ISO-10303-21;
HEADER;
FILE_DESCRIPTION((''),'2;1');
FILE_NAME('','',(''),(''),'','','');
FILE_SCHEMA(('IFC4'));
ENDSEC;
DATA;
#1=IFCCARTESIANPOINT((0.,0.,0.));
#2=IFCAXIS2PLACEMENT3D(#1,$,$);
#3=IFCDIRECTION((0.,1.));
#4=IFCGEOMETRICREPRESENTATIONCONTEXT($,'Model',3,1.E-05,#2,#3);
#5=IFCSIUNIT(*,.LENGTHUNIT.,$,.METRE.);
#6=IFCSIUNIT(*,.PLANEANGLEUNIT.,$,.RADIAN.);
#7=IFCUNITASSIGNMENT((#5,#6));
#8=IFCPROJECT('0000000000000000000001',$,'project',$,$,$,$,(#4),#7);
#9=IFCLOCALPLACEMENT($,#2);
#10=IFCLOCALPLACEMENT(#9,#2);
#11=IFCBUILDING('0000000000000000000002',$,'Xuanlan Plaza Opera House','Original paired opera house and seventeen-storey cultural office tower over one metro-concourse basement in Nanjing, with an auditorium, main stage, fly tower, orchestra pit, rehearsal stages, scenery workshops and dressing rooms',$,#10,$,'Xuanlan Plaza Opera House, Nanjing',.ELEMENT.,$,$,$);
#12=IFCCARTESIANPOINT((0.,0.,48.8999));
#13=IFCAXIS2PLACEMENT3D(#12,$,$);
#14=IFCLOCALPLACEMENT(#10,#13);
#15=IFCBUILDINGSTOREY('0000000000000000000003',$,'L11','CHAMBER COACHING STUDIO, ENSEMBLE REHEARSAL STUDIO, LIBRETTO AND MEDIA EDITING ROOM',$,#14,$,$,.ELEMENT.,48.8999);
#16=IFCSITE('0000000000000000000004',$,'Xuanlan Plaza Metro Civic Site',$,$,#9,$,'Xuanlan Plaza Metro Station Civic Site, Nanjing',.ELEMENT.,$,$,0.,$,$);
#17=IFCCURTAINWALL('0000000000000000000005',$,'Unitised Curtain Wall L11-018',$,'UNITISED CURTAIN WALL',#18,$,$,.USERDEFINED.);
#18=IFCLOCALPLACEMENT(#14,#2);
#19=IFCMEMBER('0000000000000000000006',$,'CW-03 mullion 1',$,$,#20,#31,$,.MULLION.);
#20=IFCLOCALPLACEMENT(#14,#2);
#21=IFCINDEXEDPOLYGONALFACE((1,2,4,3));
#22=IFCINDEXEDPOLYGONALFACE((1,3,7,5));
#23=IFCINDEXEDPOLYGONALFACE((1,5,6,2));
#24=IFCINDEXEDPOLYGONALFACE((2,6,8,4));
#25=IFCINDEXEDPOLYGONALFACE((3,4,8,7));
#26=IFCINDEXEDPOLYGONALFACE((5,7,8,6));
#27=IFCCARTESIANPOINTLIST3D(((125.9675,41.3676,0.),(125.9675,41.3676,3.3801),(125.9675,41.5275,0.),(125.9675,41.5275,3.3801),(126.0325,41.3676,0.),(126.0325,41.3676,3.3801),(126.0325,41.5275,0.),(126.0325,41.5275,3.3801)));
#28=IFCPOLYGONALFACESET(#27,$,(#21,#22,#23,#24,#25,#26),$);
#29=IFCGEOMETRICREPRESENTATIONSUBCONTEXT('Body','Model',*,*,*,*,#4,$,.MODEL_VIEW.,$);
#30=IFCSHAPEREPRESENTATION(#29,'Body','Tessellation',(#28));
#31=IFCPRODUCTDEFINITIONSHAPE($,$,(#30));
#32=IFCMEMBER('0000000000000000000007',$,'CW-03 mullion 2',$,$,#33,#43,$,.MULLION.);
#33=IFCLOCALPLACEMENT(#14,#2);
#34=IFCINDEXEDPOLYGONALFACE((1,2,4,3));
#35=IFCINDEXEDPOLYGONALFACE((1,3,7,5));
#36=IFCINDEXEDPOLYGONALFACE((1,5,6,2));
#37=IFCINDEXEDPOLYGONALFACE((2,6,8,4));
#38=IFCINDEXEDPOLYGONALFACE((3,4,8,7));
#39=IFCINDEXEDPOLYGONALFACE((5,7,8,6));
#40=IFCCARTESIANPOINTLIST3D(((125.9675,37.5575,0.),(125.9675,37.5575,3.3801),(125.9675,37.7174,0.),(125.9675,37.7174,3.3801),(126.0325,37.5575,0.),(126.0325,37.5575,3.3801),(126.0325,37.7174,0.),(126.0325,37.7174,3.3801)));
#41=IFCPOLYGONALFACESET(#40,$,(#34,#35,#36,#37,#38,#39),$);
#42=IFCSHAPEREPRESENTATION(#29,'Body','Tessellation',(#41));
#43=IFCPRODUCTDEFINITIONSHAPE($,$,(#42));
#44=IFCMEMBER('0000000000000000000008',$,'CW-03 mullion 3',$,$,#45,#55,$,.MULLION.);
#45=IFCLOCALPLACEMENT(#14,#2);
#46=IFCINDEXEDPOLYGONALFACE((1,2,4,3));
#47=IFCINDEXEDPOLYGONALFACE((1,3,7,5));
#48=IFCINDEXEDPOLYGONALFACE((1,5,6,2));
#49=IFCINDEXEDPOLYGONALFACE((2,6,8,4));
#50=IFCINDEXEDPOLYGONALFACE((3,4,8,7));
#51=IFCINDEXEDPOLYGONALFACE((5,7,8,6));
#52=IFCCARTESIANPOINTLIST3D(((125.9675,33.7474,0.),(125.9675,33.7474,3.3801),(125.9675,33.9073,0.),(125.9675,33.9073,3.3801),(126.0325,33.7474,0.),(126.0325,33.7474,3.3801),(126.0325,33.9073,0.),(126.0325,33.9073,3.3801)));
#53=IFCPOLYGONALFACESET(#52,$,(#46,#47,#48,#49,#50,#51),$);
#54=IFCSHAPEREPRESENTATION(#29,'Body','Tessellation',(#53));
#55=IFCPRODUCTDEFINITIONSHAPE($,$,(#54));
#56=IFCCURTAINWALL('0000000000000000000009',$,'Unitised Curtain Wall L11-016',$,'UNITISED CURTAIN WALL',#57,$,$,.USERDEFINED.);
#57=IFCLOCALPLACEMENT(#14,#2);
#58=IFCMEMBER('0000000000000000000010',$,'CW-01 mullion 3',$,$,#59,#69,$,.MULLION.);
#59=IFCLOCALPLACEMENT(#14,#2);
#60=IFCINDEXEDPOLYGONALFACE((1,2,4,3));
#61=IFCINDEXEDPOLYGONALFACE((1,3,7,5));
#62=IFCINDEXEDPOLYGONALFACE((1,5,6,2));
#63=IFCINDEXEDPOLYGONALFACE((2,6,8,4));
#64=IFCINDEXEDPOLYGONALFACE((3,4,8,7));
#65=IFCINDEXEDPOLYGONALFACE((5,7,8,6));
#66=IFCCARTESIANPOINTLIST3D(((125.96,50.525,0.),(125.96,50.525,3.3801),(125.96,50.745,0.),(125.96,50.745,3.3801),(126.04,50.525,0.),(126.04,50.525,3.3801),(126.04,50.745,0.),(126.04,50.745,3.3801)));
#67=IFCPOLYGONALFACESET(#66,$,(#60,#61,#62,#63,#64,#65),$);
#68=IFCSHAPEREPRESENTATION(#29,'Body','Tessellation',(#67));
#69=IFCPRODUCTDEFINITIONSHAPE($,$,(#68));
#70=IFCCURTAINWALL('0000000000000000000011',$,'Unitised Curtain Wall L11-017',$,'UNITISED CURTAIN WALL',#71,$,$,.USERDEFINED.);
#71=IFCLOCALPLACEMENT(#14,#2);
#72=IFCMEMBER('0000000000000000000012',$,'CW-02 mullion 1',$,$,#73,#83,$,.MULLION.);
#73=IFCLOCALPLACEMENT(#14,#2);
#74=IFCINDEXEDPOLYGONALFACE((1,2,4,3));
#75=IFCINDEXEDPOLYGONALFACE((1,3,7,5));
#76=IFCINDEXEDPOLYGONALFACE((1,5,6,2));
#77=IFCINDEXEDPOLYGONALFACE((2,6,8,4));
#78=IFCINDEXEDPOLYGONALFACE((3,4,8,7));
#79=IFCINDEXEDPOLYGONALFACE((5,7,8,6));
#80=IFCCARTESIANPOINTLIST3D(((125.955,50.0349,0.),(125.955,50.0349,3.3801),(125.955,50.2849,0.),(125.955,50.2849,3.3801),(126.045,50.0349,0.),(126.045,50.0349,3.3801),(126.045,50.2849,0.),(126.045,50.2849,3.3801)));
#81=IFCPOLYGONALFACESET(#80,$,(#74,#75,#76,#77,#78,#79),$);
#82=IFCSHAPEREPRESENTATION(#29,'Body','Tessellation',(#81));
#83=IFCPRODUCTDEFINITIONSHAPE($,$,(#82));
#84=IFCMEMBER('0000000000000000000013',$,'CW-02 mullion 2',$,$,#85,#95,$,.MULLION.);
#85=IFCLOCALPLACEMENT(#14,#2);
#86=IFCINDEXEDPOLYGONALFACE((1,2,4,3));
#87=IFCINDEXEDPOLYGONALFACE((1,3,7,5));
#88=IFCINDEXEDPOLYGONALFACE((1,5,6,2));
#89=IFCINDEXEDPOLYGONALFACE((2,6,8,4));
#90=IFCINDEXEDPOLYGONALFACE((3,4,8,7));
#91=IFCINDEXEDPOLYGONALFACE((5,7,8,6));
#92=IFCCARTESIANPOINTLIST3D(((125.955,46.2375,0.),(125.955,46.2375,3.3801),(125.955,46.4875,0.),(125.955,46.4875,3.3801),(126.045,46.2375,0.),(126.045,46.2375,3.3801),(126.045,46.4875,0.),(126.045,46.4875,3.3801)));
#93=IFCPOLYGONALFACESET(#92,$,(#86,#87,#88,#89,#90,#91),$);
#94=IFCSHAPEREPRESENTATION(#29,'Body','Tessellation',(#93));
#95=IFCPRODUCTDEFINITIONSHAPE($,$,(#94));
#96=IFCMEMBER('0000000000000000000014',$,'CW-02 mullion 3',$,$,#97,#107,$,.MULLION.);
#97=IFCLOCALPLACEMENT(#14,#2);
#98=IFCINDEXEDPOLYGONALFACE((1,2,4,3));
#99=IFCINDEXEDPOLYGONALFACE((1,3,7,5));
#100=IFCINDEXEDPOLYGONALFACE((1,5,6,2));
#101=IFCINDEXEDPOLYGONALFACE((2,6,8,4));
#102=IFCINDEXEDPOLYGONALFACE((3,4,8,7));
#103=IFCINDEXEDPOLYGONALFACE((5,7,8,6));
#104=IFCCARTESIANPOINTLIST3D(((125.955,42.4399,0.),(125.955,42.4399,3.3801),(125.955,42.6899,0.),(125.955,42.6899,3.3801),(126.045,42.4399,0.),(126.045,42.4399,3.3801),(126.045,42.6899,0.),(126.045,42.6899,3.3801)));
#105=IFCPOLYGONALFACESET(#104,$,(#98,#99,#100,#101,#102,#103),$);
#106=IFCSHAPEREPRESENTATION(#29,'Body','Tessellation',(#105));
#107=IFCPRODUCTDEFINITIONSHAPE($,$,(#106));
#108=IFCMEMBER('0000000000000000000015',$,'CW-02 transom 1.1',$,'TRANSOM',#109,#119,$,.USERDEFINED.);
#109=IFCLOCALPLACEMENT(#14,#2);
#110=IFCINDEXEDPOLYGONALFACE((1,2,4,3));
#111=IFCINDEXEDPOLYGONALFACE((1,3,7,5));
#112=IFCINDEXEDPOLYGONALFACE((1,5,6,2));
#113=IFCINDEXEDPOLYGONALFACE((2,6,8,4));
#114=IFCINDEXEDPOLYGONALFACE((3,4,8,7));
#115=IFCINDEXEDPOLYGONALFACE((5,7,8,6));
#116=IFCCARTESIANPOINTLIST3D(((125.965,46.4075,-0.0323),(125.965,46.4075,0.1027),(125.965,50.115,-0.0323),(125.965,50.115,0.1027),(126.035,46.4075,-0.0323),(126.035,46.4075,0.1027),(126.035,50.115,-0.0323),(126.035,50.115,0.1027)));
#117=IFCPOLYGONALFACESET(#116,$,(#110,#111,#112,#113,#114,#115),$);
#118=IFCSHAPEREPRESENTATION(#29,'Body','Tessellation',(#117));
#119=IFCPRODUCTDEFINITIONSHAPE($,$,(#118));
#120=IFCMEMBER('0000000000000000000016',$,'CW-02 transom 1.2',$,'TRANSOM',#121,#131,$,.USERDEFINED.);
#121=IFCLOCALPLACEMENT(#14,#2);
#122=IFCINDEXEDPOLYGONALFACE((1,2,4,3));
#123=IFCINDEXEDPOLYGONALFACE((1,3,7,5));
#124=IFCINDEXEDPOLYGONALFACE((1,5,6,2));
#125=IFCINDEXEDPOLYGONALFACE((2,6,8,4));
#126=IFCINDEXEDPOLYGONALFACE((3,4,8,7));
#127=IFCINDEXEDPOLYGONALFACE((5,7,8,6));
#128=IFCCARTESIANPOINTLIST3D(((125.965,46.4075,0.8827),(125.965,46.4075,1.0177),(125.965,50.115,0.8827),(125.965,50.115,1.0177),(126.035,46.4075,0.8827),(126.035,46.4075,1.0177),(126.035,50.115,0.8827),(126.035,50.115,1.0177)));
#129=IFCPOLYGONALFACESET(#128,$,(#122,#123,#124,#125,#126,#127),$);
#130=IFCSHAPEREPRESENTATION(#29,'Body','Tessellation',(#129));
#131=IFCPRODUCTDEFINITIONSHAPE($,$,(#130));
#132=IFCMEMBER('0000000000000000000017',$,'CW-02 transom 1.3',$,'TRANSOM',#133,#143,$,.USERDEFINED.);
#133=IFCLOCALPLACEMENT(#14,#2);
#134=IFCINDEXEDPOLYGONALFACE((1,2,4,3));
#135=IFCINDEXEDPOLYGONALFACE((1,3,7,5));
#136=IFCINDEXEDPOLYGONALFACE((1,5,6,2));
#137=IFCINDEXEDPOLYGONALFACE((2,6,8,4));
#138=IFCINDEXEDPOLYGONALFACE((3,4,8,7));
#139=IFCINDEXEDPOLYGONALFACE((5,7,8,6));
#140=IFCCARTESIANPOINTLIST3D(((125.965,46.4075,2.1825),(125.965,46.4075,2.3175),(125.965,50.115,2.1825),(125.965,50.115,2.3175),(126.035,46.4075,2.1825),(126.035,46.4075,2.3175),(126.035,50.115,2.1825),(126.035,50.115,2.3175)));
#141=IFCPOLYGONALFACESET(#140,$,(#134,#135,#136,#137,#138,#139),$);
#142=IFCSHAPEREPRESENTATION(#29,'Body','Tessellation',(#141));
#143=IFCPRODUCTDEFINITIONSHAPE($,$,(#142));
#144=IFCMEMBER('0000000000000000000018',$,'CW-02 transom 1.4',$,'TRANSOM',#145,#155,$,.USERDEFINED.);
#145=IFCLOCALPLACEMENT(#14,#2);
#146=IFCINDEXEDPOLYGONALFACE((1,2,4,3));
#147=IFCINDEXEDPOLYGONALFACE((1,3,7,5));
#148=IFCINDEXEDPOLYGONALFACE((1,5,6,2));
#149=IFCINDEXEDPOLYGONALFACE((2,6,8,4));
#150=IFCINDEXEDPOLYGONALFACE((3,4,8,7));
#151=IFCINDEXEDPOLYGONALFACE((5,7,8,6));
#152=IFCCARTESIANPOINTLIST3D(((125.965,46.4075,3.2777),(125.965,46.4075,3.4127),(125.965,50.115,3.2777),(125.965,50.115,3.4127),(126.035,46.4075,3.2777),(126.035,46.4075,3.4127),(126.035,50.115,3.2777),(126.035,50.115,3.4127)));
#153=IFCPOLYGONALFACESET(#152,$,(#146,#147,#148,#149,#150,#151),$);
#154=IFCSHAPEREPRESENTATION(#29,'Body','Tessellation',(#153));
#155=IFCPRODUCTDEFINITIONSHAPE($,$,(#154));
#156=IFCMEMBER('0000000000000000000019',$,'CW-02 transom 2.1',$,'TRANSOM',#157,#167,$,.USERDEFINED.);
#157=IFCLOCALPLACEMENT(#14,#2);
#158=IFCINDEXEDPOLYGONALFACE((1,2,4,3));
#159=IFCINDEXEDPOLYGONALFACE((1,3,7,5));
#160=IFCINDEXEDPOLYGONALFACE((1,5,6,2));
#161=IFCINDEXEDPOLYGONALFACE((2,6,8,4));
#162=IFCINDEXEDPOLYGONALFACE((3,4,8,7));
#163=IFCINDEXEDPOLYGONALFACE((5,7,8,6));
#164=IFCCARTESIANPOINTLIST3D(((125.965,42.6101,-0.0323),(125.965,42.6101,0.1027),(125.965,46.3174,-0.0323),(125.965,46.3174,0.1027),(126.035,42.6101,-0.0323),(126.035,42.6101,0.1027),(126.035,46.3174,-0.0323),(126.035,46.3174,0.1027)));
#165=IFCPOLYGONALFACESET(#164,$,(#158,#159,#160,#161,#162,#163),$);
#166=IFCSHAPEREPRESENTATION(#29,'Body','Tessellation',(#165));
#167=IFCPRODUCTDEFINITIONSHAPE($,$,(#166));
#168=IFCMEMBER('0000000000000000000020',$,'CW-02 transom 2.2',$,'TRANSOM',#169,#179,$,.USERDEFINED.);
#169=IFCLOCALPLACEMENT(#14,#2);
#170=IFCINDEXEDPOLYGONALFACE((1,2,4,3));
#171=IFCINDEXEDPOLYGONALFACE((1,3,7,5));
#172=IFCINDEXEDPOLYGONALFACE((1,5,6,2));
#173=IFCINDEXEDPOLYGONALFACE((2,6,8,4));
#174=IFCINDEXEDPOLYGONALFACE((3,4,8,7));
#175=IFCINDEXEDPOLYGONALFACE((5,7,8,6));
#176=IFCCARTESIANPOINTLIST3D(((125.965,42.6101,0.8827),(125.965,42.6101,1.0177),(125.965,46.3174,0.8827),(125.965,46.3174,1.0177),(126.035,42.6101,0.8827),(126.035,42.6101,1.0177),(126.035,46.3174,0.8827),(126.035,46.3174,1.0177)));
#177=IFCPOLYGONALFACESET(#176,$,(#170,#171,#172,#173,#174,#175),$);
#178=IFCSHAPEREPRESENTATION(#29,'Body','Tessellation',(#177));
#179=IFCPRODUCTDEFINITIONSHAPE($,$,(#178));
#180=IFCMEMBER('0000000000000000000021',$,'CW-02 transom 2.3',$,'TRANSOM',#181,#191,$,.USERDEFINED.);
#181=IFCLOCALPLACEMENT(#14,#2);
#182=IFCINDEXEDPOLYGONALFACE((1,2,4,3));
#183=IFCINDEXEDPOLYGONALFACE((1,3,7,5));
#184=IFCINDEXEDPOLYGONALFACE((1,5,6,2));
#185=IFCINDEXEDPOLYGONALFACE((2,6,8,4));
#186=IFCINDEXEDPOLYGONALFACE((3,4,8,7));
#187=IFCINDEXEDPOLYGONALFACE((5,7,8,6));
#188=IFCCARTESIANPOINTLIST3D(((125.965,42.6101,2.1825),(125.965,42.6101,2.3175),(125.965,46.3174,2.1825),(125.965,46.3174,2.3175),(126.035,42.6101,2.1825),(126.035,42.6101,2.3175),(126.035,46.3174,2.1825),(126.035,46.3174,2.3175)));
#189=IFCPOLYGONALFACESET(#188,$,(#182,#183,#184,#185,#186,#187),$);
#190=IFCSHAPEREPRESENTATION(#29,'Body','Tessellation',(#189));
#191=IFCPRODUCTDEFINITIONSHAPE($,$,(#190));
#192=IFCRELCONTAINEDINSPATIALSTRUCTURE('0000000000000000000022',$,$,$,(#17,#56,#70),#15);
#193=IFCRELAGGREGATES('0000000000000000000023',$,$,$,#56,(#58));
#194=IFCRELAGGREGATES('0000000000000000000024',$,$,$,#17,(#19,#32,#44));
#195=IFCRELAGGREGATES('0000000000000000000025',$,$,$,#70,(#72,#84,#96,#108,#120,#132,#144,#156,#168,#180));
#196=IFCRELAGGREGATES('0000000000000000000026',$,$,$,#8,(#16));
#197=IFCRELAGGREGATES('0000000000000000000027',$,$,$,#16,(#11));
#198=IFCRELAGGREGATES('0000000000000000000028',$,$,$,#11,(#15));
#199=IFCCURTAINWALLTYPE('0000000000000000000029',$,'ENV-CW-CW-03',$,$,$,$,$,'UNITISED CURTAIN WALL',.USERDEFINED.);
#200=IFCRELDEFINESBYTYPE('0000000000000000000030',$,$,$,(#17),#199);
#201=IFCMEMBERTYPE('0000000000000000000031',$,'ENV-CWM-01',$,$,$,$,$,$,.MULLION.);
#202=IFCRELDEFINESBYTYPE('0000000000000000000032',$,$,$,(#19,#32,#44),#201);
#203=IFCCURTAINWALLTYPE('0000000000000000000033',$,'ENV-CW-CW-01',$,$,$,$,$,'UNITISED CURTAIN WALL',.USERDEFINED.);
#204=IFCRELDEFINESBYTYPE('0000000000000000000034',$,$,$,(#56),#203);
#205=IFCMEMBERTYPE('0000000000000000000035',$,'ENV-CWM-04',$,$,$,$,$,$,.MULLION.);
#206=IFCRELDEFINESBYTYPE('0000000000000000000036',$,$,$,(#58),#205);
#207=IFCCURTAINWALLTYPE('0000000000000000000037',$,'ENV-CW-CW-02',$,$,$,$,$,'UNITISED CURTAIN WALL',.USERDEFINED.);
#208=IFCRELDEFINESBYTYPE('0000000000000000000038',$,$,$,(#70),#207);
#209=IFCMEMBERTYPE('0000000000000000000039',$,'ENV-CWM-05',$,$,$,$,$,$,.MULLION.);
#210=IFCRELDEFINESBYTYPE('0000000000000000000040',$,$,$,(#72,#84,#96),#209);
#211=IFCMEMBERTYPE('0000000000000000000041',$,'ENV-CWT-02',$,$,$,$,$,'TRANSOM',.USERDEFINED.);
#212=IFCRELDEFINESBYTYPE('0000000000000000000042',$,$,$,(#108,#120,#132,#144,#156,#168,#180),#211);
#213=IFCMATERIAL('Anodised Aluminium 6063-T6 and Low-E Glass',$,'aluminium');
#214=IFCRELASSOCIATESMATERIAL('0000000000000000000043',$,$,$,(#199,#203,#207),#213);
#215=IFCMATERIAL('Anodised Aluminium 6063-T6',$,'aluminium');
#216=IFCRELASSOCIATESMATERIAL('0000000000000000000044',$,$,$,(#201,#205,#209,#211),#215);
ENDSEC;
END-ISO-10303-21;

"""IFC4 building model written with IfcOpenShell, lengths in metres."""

from ifc_helpers import new_model, si_unit, direction, frame, origin, origin_2d, place, context, subcontext, project, spatial, rectangle, extrude, material, material_profile, profile_set, type_object, element, aggregate, save


model = new_model("IFC4")

# Units and contexts
model_context = context("Model", 3, precision=1e-05, world=origin(), true_north=direction((0.0, 1.0)))
body_context = subcontext(model_context, "Body", "Model", "MODEL_VIEW")
ifc_project = project(units=[si_unit("LENGTHUNIT", "METRE"), si_unit("PLANEANGLEUNIT", "RADIAN")], contexts=[model_context])

# Site, building, storey
site_placement = place(None, origin())
site = spatial("IfcSite", under=ifc_project, at=site_placement, Name="Xuanlan Plaza Metro Civic Site", LongName="Xuanlan Plaza Metro Station Civic Site, Nanjing", CompositionType="ELEMENT", RefElevation=0.0)
building_placement = place(site_placement, origin())
building = spatial("IfcBuilding", under=site, at=building_placement, Name="Xuanlan Plaza Opera House", Description="Original paired opera house and seventeen-storey cultural office tower over one metro-concourse basement in Nanjing, with an auditorium, main stage, fly tower, orchestra pit, rehearsal stages, scenery workshops and dressing rooms", LongName="Xuanlan Plaza Opera House, Nanjing", CompositionType="ELEMENT")
storey_placement = place(building_placement, frame((0.0, 0.0, 48.8999)))
storey = spatial("IfcBuildingStorey", under=building, at=storey_placement, Name="L11", Description="CHAMBER COACHING STUDIO, ENSEMBLE REHEARSAL STUDIO, LIBRETTO AND MEDIA EDITING ROOM", CompositionType="ELEMENT", Elevation=48.8999)

# Curtain wall, members
ifc_material_1 = material(Name="Anodised Aluminium 6063-T6 and Low-E Glass", Category="aluminium")
curtain_wall_type_1 = type_object("IfcCurtainWallType", Name="ENV-CW-CW-03", ElementType="UNITISED CURTAIN WALL", PredefinedType="USERDEFINED", material=ifc_material_1)
curtain_wall_1_placement = place(storey_placement, origin())
curtain_wall_1 = element("IfcCurtainWall", 1, at=curtain_wall_1_placement, inside=storey, type_object=curtain_wall_type_1, Name="Unitised Curtain Wall L11-018", ObjectType="UNITISED CURTAIN WALL", PredefinedType="USERDEFINED")
ifc_material_2 = material(Name="Anodised Aluminium 6063-T6", Category="aluminium")
ifc_material_profile_1 = material_profile(ifc_material_2, rectangle(XDim=0.0649, YDim=0.1599, at=origin_2d()), Name="ALU-M 65x160")
ifc_profile_set_1 = profile_set([ifc_material_profile_1], Name="Anodised Aluminium 6063-T6")
member_type_1 = type_object("IfcMemberType", Name="ENV-CWM-01", PredefinedType="MULLION", material=ifc_profile_set_1)
member_1_placement = place(storey_placement, frame((126.0, 41.4475, 0.0), z_axis=(0.0, 0.0, 1.0), x_axis=(1.0, 0.0, 0.0)))
member_1 = element("IfcMember", 2, at=member_1_placement, type_object=member_type_1, Name="CW-03 mullion 1", PredefinedType="MULLION", context=body_context, shape_type="SweptSolid", body=[
    extrude(rectangle(XDim=0.0649, YDim=0.1599, at=origin_2d()), origin(), (0.0, 0.0, 1.0), 3.3801),
])
member_2_placement = place(storey_placement, frame((126.0, 37.6375, 0.0), z_axis=(0.0, 0.0, 1.0), x_axis=(1.0, 0.0, 0.0)))
member_2 = element("IfcMember", 3, at=member_2_placement, type_object=member_type_1, Name="CW-03 mullion 2", PredefinedType="MULLION", context=body_context, shape_type="SweptSolid", body=[
    extrude(rectangle(XDim=0.0649, YDim=0.1599, at=origin_2d()), origin(), (0.0, 0.0, 1.0), 3.3801),
])
member_3_placement = place(storey_placement, frame((126.0, 33.8274, 0.0), z_axis=(0.0, 0.0, 1.0), x_axis=(1.0, 0.0, 0.0)))
member_3 = element("IfcMember", 4, at=member_3_placement, type_object=member_type_1, Name="CW-03 mullion 3", PredefinedType="MULLION", context=body_context, shape_type="SweptSolid", body=[
    extrude(rectangle(XDim=0.0649, YDim=0.1599, at=origin_2d()), origin(), (0.0, 0.0, 1.0), 3.3801),
])

# Curtain wall, member
curtain_wall_type_2 = type_object("IfcCurtainWallType", Name="ENV-CW-CW-01", ElementType="UNITISED CURTAIN WALL", PredefinedType="USERDEFINED", material=ifc_material_1)
curtain_wall_2_placement = place(storey_placement, origin())
curtain_wall_2 = element("IfcCurtainWall", 5, at=curtain_wall_2_placement, inside=storey, type_object=curtain_wall_type_2, Name="Unitised Curtain Wall L11-016", ObjectType="UNITISED CURTAIN WALL", PredefinedType="USERDEFINED")
ifc_material_profile_2 = material_profile(ifc_material_2, rectangle(XDim=0.0801, YDim=0.22, at=origin_2d()), Name="ALU-M 80x220")
ifc_profile_set_2 = profile_set([ifc_material_profile_2], Name="Anodised Aluminium 6063-T6")
member_type_2 = type_object("IfcMemberType", Name="ENV-CWM-04", PredefinedType="MULLION", material=ifc_profile_set_2)
member_4_placement = place(storey_placement, frame((126.0, 50.635, 0.0), z_axis=(0.0, 0.0, 1.0), x_axis=(1.0, 0.0, 0.0)))
member_4 = element("IfcMember", 6, at=member_4_placement, type_object=member_type_2, Name="CW-01 mullion 3", PredefinedType="MULLION", context=body_context, shape_type="SweptSolid", body=[
    extrude(rectangle(XDim=0.0801, YDim=0.22, at=origin_2d()), origin(), (0.0, 0.0, 1.0), 3.3801),
])
aggregate(curtain_wall_2, [member_4])

# Curtain wall, members
curtain_wall_type_3 = type_object("IfcCurtainWallType", Name="ENV-CW-CW-02", ElementType="UNITISED CURTAIN WALL", PredefinedType="USERDEFINED", material=ifc_material_1)
curtain_wall_3_placement = place(storey_placement, origin())
curtain_wall_3 = element("IfcCurtainWall", 7, at=curtain_wall_3_placement, inside=storey, type_object=curtain_wall_type_3, Name="Unitised Curtain Wall L11-017", ObjectType="UNITISED CURTAIN WALL", PredefinedType="USERDEFINED")
ifc_material_profile_3 = material_profile(ifc_material_2, rectangle(XDim=0.0901, YDim=0.25, at=origin_2d()), Name="ALU-M 90x250")
ifc_profile_set_3 = profile_set([ifc_material_profile_3], Name="Anodised Aluminium 6063-T6")
member_type_3 = type_object("IfcMemberType", Name="ENV-CWM-05", PredefinedType="MULLION", material=ifc_profile_set_3)
member_5_placement = place(storey_placement, frame((126.0, 50.1599, 0.0), z_axis=(0.0, 0.0, 1.0), x_axis=(1.0, 0.0, 0.0)))
member_5 = element("IfcMember", 8, at=member_5_placement, type_object=member_type_3, Name="CW-02 mullion 1", PredefinedType="MULLION", context=body_context, shape_type="SweptSolid", body=[
    extrude(rectangle(XDim=0.0901, YDim=0.25, at=origin_2d()), origin(), (0.0, 0.0, 1.0), 3.3801),
])
member_6_placement = place(storey_placement, frame((126.0, 46.3625, 0.0), z_axis=(0.0, 0.0, 1.0), x_axis=(1.0, 0.0, 0.0)))
member_6 = element("IfcMember", 9, at=member_6_placement, type_object=member_type_3, Name="CW-02 mullion 2", PredefinedType="MULLION", context=body_context, shape_type="SweptSolid", body=[
    extrude(rectangle(XDim=0.0901, YDim=0.25, at=origin_2d()), origin(), (0.0, 0.0, 1.0), 3.3801),
])
member_7_placement = place(storey_placement, frame((126.0, 42.5649, 0.0), z_axis=(0.0, 0.0, 1.0), x_axis=(1.0, 0.0, 0.0)))
member_7 = element("IfcMember", 10, at=member_7_placement, type_object=member_type_3, Name="CW-02 mullion 3", PredefinedType="MULLION", context=body_context, shape_type="SweptSolid", body=[
    extrude(rectangle(XDim=0.0901, YDim=0.25, at=origin_2d()), origin(), (0.0, 0.0, 1.0), 3.3801),
])
ifc_material_profile_4 = material_profile(ifc_material_2, rectangle(XDim=0.0701, YDim=0.135, at=origin_2d()), Name="ALU-T 70x135")
ifc_profile_set_4 = profile_set([ifc_material_profile_4], Name="Anodised Aluminium 6063-T6")
member_type_4 = type_object("IfcMemberType", Name="ENV-CWT-02", ElementType="TRANSOM", PredefinedType="USERDEFINED", material=ifc_profile_set_4)
member_8_placement = place(storey_placement, frame((126.0, 50.115, 0.0352), z_axis=(0.0, -1.0, 0.0), x_axis=(1.0, 0.0, 0.0)))
member_8 = element("IfcMember", 11, at=member_8_placement, type_object=member_type_4, Name="CW-02 transom 1.1", ObjectType="TRANSOM", PredefinedType="USERDEFINED", context=body_context, shape_type="SweptSolid", body=[
    extrude(rectangle(XDim=0.0701, YDim=0.135, at=origin_2d()), origin(), (0.0, 0.0, 1.0), 3.7075),
])
member_9_placement = place(storey_placement, frame((126.0, 50.115, 0.9502), z_axis=(0.0, -1.0, 0.0), x_axis=(1.0, 0.0, 0.0)))
member_9 = element("IfcMember", 12, at=member_9_placement, type_object=member_type_4, Name="CW-02 transom 1.2", ObjectType="TRANSOM", PredefinedType="USERDEFINED", context=body_context, shape_type="SweptSolid", body=[
    extrude(rectangle(XDim=0.0701, YDim=0.135, at=origin_2d()), origin(), (0.0, 0.0, 1.0), 3.7075),
])
member_10_placement = place(storey_placement, frame((126.0, 50.115, 2.25), z_axis=(0.0, -1.0, 0.0), x_axis=(1.0, 0.0, 0.0)))
member_10 = element("IfcMember", 13, at=member_10_placement, type_object=member_type_4, Name="CW-02 transom 1.3", ObjectType="TRANSOM", PredefinedType="USERDEFINED", context=body_context, shape_type="SweptSolid", body=[
    extrude(rectangle(XDim=0.0701, YDim=0.135, at=origin_2d()), origin(), (0.0, 0.0, 1.0), 3.7075),
])
member_11_placement = place(storey_placement, frame((126.0, 50.115, 3.3452), z_axis=(0.0, -1.0, 0.0), x_axis=(1.0, 0.0, 0.0)))
member_11 = element("IfcMember", 14, at=member_11_placement, type_object=member_type_4, Name="CW-02 transom 1.4", ObjectType="TRANSOM", PredefinedType="USERDEFINED", context=body_context, shape_type="SweptSolid", body=[
    extrude(rectangle(XDim=0.0701, YDim=0.135, at=origin_2d()), origin(), (0.0, 0.0, 1.0), 3.7075),
])
member_12_placement = place(storey_placement, frame((126.0, 46.3174, 0.0352), z_axis=(0.0, -1.0, 0.0), x_axis=(1.0, 0.0, 0.0)))
member_12 = element("IfcMember", 15, at=member_12_placement, type_object=member_type_4, Name="CW-02 transom 2.1", ObjectType="TRANSOM", PredefinedType="USERDEFINED", context=body_context, shape_type="SweptSolid", body=[
    extrude(rectangle(XDim=0.0701, YDim=0.135, at=origin_2d()), origin(), (0.0, 0.0, 1.0), 3.7073),
])
member_13_placement = place(storey_placement, frame((126.0, 46.3174, 0.9502), z_axis=(0.0, -1.0, 0.0), x_axis=(1.0, 0.0, 0.0)))
member_13 = element("IfcMember", 16, at=member_13_placement, type_object=member_type_4, Name="CW-02 transom 2.2", ObjectType="TRANSOM", PredefinedType="USERDEFINED", context=body_context, shape_type="SweptSolid", body=[
    extrude(rectangle(XDim=0.0701, YDim=0.135, at=origin_2d()), origin(), (0.0, 0.0, 1.0), 3.7073),
])
member_14_placement = place(storey_placement, frame((126.0, 46.3174, 2.25), z_axis=(0.0, -1.0, 0.0), x_axis=(1.0, 0.0, 0.0)))
member_14 = element("IfcMember", 17, at=member_14_placement, type_object=member_type_4, Name="CW-02 transom 2.3", ObjectType="TRANSOM", PredefinedType="USERDEFINED", context=body_context, shape_type="SweptSolid", body=[
    extrude(rectangle(XDim=0.0701, YDim=0.135, at=origin_2d()), origin(), (0.0, 0.0, 1.0), 3.7073),
])

aggregate(curtain_wall_1, [member_1, member_2, member_3])
aggregate(curtain_wall_3, [member_5, member_6, member_7, member_8, member_9, member_10, member_11, member_12, member_13, member_14])

save(model, "model.ifc")
